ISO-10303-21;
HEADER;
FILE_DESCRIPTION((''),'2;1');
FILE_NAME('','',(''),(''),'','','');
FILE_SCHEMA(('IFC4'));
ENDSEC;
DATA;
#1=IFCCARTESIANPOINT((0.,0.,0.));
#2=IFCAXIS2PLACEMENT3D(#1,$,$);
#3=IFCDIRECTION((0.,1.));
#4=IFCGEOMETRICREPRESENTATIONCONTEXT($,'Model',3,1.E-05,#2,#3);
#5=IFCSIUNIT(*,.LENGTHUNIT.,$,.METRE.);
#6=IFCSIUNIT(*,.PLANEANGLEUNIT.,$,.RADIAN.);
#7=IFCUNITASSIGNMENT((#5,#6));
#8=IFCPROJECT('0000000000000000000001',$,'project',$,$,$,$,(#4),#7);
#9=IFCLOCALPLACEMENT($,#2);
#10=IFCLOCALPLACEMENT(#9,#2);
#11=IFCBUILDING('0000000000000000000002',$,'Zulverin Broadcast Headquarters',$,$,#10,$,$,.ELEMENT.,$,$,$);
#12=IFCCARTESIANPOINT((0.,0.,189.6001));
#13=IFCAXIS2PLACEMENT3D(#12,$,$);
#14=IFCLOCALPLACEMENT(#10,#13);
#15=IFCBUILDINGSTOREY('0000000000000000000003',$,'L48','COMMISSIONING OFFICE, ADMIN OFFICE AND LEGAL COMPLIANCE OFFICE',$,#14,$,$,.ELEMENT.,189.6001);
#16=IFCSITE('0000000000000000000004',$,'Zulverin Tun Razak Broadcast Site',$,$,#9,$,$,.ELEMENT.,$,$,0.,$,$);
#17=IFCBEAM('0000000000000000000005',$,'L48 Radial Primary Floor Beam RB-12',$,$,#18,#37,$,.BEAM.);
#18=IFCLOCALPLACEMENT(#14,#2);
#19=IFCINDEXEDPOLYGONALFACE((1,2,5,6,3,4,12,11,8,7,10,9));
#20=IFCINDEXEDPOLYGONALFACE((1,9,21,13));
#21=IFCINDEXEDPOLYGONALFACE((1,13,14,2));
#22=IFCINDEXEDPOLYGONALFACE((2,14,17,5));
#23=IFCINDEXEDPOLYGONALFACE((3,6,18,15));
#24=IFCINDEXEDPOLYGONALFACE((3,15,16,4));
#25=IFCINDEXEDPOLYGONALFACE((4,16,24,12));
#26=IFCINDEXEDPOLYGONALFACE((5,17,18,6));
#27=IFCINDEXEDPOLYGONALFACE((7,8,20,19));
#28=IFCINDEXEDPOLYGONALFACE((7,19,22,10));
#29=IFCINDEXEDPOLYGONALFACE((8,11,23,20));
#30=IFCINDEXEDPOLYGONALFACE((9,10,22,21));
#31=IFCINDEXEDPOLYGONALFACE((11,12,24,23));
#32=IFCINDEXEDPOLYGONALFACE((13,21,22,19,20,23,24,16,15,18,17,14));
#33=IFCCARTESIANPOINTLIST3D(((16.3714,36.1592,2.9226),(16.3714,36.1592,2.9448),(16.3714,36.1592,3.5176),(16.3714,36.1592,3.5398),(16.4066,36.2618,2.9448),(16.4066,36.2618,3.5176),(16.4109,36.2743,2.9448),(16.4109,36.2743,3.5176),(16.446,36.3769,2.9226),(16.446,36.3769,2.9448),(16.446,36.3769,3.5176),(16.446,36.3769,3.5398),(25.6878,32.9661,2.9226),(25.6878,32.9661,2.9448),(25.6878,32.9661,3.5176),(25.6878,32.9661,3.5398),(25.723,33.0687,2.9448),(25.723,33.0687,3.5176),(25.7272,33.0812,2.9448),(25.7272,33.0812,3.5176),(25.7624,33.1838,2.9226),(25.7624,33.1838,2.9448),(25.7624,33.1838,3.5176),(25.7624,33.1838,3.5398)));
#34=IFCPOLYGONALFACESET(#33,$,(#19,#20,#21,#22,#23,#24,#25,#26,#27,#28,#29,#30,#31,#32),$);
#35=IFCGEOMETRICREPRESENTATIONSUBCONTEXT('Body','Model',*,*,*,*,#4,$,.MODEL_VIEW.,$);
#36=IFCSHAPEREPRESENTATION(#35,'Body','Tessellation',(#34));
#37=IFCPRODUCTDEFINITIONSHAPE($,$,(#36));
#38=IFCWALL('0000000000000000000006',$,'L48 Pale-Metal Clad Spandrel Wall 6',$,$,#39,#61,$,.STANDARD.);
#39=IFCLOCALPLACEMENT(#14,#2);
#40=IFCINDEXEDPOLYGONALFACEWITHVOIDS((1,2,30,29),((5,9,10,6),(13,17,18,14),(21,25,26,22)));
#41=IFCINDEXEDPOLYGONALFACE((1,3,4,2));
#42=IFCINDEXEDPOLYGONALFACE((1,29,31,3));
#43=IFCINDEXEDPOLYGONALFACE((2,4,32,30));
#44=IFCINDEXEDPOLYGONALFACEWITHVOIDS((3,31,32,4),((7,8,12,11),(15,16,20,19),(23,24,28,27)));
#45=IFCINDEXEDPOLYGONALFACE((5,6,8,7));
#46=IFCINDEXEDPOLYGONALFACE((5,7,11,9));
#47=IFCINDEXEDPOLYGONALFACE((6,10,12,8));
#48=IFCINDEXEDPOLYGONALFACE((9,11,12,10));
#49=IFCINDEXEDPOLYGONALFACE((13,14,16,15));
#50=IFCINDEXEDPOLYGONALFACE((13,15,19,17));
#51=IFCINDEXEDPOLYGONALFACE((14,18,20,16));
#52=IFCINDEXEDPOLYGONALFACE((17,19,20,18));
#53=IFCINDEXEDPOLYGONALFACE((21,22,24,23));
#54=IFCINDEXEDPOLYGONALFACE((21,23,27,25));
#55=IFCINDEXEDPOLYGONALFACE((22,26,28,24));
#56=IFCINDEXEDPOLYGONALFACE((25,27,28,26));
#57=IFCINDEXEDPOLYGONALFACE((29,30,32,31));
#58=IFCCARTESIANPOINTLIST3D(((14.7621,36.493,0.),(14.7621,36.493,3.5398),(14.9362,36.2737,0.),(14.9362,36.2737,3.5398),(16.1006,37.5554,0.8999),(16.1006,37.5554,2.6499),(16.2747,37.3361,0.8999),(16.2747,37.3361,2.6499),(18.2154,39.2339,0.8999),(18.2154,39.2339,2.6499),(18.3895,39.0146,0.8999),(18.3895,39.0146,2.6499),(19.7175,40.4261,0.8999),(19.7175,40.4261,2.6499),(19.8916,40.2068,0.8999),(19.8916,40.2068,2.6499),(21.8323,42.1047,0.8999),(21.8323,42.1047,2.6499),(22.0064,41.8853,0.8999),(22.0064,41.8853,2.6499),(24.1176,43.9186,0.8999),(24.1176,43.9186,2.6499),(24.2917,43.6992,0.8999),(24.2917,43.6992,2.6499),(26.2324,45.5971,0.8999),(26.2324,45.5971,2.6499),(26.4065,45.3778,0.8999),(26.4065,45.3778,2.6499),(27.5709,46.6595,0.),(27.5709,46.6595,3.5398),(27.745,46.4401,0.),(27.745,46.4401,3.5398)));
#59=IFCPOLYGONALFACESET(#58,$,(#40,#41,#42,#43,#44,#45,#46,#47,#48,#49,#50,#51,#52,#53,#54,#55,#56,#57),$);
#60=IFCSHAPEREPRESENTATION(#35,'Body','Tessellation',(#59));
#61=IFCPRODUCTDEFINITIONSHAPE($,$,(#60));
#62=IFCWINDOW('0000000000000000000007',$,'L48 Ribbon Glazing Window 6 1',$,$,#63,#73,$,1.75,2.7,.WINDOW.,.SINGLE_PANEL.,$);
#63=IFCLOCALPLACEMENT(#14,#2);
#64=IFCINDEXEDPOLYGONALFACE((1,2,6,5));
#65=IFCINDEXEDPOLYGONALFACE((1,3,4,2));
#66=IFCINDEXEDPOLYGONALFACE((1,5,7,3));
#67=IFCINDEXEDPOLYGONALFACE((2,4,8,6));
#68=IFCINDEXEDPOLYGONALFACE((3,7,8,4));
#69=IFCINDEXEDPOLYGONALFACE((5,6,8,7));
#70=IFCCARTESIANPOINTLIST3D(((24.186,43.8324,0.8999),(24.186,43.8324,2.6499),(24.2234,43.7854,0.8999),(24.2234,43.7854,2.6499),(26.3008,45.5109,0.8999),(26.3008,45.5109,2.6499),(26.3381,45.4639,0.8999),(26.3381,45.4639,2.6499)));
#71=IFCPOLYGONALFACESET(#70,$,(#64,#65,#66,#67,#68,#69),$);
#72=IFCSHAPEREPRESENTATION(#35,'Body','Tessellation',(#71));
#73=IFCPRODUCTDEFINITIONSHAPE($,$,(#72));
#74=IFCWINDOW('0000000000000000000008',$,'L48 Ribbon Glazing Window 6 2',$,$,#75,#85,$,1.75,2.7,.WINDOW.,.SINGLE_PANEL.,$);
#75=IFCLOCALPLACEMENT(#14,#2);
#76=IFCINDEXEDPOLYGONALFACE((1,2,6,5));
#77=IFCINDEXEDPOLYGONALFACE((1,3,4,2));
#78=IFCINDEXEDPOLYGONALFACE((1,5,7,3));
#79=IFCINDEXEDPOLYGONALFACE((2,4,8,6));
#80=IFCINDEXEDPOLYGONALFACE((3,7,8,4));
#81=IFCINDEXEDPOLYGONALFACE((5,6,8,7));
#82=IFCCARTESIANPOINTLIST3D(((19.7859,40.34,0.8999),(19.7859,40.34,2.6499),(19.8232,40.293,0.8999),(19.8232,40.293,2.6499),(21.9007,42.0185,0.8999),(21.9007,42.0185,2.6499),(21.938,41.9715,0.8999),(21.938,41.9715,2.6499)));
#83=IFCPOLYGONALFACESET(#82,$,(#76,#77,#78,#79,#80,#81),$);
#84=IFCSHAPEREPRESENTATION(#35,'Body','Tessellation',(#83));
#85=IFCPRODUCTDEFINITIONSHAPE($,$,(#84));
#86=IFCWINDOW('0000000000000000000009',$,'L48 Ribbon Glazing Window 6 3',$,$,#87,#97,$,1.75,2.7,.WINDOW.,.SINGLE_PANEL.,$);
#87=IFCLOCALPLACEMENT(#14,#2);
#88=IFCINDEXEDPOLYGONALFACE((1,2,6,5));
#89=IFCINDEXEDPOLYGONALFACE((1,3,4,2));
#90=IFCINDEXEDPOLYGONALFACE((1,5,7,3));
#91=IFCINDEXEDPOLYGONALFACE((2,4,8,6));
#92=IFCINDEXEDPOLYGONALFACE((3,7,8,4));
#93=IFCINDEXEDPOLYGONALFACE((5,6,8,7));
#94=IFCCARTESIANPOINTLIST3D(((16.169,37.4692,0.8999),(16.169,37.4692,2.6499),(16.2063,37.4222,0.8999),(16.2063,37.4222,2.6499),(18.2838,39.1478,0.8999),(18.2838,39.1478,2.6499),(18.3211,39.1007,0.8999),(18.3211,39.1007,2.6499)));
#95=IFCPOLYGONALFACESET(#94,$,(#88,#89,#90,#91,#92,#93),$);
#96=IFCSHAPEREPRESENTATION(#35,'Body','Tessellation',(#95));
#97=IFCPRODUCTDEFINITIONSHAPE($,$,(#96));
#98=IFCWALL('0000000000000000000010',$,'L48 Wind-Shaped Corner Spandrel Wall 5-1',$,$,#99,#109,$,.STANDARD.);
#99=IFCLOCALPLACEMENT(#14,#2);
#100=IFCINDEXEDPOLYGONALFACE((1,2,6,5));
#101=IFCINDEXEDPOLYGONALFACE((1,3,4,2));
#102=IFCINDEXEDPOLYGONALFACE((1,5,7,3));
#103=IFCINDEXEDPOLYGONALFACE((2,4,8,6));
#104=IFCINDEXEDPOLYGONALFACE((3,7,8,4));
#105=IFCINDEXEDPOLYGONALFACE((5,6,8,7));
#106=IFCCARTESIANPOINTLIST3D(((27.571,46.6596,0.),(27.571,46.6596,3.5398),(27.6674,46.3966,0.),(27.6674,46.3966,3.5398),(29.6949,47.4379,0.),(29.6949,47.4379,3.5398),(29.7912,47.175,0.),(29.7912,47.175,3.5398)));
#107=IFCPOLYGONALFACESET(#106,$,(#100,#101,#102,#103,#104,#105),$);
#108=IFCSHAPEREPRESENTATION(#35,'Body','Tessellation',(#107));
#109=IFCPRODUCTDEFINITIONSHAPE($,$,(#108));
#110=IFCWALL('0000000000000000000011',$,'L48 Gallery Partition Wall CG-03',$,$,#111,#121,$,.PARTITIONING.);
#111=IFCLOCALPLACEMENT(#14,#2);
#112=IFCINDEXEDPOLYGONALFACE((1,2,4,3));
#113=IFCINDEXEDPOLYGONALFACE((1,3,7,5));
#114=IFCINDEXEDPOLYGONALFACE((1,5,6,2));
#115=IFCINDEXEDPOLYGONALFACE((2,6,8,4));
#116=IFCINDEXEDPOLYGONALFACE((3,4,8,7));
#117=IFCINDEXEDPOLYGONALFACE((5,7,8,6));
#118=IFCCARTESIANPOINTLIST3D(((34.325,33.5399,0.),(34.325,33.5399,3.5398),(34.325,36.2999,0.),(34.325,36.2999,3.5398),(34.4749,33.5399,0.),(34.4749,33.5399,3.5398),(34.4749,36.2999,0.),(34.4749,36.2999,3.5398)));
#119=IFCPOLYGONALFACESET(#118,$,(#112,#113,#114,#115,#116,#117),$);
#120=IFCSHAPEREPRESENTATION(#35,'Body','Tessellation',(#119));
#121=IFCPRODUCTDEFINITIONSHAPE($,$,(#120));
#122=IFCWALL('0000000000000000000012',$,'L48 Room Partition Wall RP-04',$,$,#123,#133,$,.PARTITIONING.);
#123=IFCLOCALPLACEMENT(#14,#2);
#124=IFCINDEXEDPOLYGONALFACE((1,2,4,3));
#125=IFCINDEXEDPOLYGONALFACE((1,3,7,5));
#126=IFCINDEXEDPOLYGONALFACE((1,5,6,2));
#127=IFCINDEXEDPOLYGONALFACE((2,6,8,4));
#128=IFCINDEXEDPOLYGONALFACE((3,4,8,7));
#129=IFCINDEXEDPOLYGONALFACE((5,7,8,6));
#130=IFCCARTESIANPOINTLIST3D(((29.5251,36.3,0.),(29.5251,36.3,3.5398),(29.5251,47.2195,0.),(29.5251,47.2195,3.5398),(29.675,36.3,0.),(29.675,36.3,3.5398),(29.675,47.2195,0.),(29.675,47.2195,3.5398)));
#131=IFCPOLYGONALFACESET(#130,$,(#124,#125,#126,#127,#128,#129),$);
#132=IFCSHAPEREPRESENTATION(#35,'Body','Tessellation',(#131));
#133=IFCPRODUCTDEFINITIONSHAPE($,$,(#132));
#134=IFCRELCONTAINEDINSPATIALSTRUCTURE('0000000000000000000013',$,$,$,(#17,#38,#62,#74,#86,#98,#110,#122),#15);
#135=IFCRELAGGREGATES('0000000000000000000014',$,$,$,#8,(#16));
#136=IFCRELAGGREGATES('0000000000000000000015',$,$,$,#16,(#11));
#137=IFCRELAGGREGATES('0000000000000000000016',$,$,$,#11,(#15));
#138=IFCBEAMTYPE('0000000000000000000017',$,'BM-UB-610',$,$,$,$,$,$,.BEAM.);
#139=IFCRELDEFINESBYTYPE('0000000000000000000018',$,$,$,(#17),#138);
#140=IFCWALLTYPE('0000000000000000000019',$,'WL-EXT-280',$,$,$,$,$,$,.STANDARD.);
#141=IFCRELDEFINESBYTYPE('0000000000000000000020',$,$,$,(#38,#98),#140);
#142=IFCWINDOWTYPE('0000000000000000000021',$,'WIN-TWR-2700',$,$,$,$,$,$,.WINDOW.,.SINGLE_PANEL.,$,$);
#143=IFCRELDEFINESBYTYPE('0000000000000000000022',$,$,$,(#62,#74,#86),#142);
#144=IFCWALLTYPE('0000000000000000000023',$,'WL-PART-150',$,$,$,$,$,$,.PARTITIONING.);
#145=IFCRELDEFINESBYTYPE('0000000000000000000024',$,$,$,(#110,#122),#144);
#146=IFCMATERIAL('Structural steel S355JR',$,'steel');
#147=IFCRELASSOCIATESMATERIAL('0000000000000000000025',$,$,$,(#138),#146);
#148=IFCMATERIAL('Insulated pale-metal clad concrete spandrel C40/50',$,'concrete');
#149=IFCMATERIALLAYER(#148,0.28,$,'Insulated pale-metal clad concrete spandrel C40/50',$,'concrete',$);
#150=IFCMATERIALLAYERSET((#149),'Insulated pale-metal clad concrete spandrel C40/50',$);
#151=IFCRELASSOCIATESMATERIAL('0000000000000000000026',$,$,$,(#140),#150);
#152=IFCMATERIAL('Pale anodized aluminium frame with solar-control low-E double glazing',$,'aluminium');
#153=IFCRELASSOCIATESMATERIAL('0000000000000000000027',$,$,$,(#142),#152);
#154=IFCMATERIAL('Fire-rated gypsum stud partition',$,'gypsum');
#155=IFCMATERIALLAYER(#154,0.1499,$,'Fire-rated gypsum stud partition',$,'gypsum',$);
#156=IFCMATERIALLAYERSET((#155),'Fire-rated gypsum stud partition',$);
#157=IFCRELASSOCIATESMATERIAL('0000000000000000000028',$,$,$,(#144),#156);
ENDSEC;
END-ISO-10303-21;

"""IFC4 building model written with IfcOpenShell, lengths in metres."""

from ifc_helpers import new_model, si_unit, direction, frame, frame_2d, origin, origin_2d, place, context, subcontext, project, spatial, rectangle, i_section, extrude, material, layer, layer_set, material_profile, profile_set, type_object, element, fill, save


model = new_model("IFC4")

# Units and contexts
model_context = context("Model", 3, precision=1e-05, world=origin(), true_north=direction((0.0, 1.0)))
body_context = subcontext(model_context, "Body", "Model", "MODEL_VIEW")
ifc_project = project(units=[si_unit("LENGTHUNIT", "METRE"), si_unit("PLANEANGLEUNIT", "RADIAN")], contexts=[model_context])

# Site, building, storey
site_placement = place(None, origin())
site = spatial("IfcSite", under=ifc_project, at=site_placement, Name="Zulverin Tun Razak Broadcast Site", CompositionType="ELEMENT", RefElevation=0.0)
building_placement = place(site_placement, origin())
building = spatial("IfcBuilding", under=site, at=building_placement, Name="Zulverin Broadcast Headquarters", CompositionType="ELEMENT")
storey_placement = place(building_placement, frame((0.0, 0.0, 189.6001)))
storey = spatial("IfcBuildingStorey", under=building, at=storey_placement, Name="L48", Description="COMMISSIONING OFFICE, ADMIN OFFICE AND LEGAL COMPLIANCE OFFICE", CompositionType="ELEMENT", Elevation=189.6001)

# Beam
ifc_material_1 = material(Name="Structural steel S355JR", Category="steel")
ifc_material_profile_1 = material_profile(ifc_material_1, i_section(OverallWidth=0.2302, OverallDepth=0.6172, WebThickness=0.0132, FlangeThickness=0.0222, at=origin_2d()), Name="Structural steel S355JR", Category="steel")
ifc_profile_set_1 = profile_set([ifc_material_profile_1], Name="Structural steel S355JR")
beam_type_1 = type_object("IfcBeamType", Name="BM-UB-610", PredefinedType="BEAM", material=ifc_profile_set_1)
beam_1_placement = place(storey_placement, frame((25.7251, 33.075, 3.2312), z_axis=(-0.94598, 0.324226, 0.0), x_axis=(-0.324226, -0.94598, 0.0)))
element("IfcBeam", 1, at=beam_1_placement, inside=storey, type_object=beam_type_1, Name="L48 Radial Primary Floor Beam RB-12", PredefinedType="BEAM", context=body_context, shape_type="SweptSolid", body=[
    extrude(i_section(OverallWidth=0.2302, OverallDepth=0.6172, WebThickness=0.0132, FlangeThickness=0.0222, at=origin_2d()), origin(), (0.0, 0.0, 1.0), 9.8484),
])

# Wall, openings, windows
ifc_material_2 = material(Name="Insulated pale-metal clad concrete spandrel C40/50", Category="concrete")
ifc_layer_1 = layer(ifc_material_2, 0.28, Name="Insulated pale-metal clad concrete spandrel C40/50", Category="concrete")
ifc_layer_set_1 = layer_set([ifc_layer_1], Name="Insulated pale-metal clad concrete spandrel C40/50")
wall_type_1 = type_object("IfcWallType", Name="WL-EXT-280", PredefinedType="STANDARD", material=ifc_layer_set_1)
wall_1_placement = place(storey_placement, frame((27.658, 46.5498, 0.0), z_axis=(0.0, 0.0, 1.0), x_axis=(-0.783266, -0.621686, 0.0)))
wall_1 = element("IfcWall", 2, at=wall_1_placement, inside=storey, type_object=wall_type_1, Name="L48 Pale-Metal Clad Spandrel Wall 6", PredefinedType="STANDARD", context=body_context, shape_type="SweptSolid", body=[
    extrude(rectangle(XDim=16.353, YDim=0.28, at=frame_2d((8.1765, 0.0))), origin(), (0.0, 0.0, 1.0), 3.5398),
])
opening_1_placement = place(wall_1_placement, frame((1.7087, 0.0, 0.8999)))
opening_1 = element("IfcOpeningElement", 3, at=opening_1_placement, cuts=wall_1, PredefinedType="OPENING", context=body_context, shape_type="SweptSolid", body=[
    extrude(rectangle(XDim=2.7, YDim=1.75, at=frame_2d((1.3501, 0.875))), frame((0.0, 0.1499, 0.0), z_axis=(0.0, -1.0, 0.0), x_axis=(1.0, 0.0, 0.0)), (0.0, 0.0, 1.0), 0.3),
])
opening_2_placement = place(wall_1_placement, frame((7.3264, 0.0, 0.8999)))
opening_2 = element("IfcOpeningElement", 4, at=opening_2_placement, cuts=wall_1, PredefinedType="OPENING", context=body_context, shape_type="SweptSolid", body=[
    extrude(rectangle(XDim=2.7, YDim=1.75, at=frame_2d((1.3501, 0.875))), frame((0.0, 0.1499, 0.0), z_axis=(0.0, -1.0, 0.0), x_axis=(1.0, 0.0, 0.0)), (0.0, 0.0, 1.0), 0.3),
])
opening_3_placement = place(wall_1_placement, frame((11.9441, 0.0, 0.8999)))
opening_3 = element("IfcOpeningElement", 5, at=opening_3_placement, cuts=wall_1, PredefinedType="OPENING", context=body_context, shape_type="SweptSolid", body=[
    extrude(rectangle(XDim=2.7, YDim=1.75, at=frame_2d((1.3501, 0.875))), frame((0.0, 0.1499, 0.0), z_axis=(0.0, -1.0, 0.0), x_axis=(1.0, 0.0, 0.0)), (0.0, 0.0, 1.0), 0.3),
])
ifc_material_3 = material(Name="Pale anodized aluminium frame with solar-control low-E double glazing", Category="aluminium")
window_type = type_object("IfcWindowType", Name="WIN-TWR-2700", PartitioningType="SINGLE_PANEL", PredefinedType="WINDOW", material=ifc_material_3)
window_1_placement = place(opening_1_placement, origin())
window_1 = element("IfcWindow", 6, at=window_1_placement, inside=storey, type_object=window_type, Name="L48 Ribbon Glazing Window 6 1", OverallHeight=1.75, OverallWidth=2.7, PartitioningType="SINGLE_PANEL", PredefinedType="WINDOW", context=body_context, shape_type="SweptSolid", body=[
    extrude(rectangle(XDim=2.7, YDim=1.75, at=frame_2d((1.3501, 0.875))), frame((0.0, 0.03, 0.0), z_axis=(0.0, -1.0, 0.0), x_axis=(1.0, 0.0, 0.0)), (0.0, 0.0, 1.0), 0.0601),
])
fill(opening_1, window_1)
window_2_placement = place(opening_2_placement, origin())
window_2 = element("IfcWindow", 7, at=window_2_placement, inside=storey, type_object=window_type, Name="L48 Ribbon Glazing Window 6 2", OverallHeight=1.75, OverallWidth=2.7, PartitioningType="SINGLE_PANEL", PredefinedType="WINDOW", context=body_context, shape_type="SweptSolid", body=[
    extrude(rectangle(XDim=2.7, YDim=1.75, at=frame_2d((1.3501, 0.875))), frame((0.0, 0.03, 0.0), z_axis=(0.0, -1.0, 0.0), x_axis=(1.0, 0.0, 0.0)), (0.0, 0.0, 1.0), 0.0601),
])
fill(opening_2, window_2)
window_3_placement = place(opening_3_placement, origin())
window_3 = element("IfcWindow", 8, at=window_3_placement, inside=storey, type_object=window_type, Name="L48 Ribbon Glazing Window 6 3", OverallHeight=1.75, OverallWidth=2.7, PartitioningType="SINGLE_PANEL", PredefinedType="WINDOW", context=body_context, shape_type="SweptSolid", body=[
    extrude(rectangle(XDim=2.7, YDim=1.75, at=frame_2d((1.3501, 0.875))), frame((0.0, 0.03, 0.0), z_axis=(0.0, -1.0, 0.0), x_axis=(1.0, 0.0, 0.0)), (0.0, 0.0, 1.0), 0.0601),
])
fill(opening_3, window_3)

# Walls
wall_2_placement = place(storey_placement, frame((29.7429, 47.3064, 0.0), z_axis=(0.0, 0.0, 1.0), x_axis=(-0.938933, -0.344099, 0.0)))
element("IfcWall", 9, at=wall_2_placement, inside=storey, type_object=wall_type_1, Name="L48 Wind-Shaped Corner Spandrel Wall 5-1", PredefinedType="STANDARD", context=body_context, shape_type="SweptSolid", body=[
    extrude(rectangle(XDim=2.262, YDim=0.28, at=frame_2d((1.1309, 0.0))), origin(), (0.0, 0.0, 1.0), 3.5398),
])
ifc_material_4 = material(Name="Fire-rated gypsum stud partition", Category="gypsum")
ifc_layer_2 = layer(ifc_material_4, 0.1499, Name="Fire-rated gypsum stud partition", Category="gypsum")
ifc_layer_set_2 = layer_set([ifc_layer_2], Name="Fire-rated gypsum stud partition")
wall_type_2 = type_object("IfcWallType", Name="WL-PART-150", PredefinedType="PARTITIONING", material=ifc_layer_set_2)
wall_3_placement = place(storey_placement, frame((34.3999, 33.54, 0.0), z_axis=(0.0, 0.0, 1.0), x_axis=(0.0, 1.0, 0.0)))
element("IfcWall", 10, at=wall_3_placement, inside=storey, type_object=wall_type_2, Name="L48 Gallery Partition Wall CG-03", PredefinedType="PARTITIONING", context=body_context, shape_type="SweptSolid", body=[
    extrude(rectangle(XDim=2.76, YDim=0.1499, at=frame_2d((1.3799, 0.0))), origin(), (0.0, 0.0, 1.0), 3.5398),
])
wall_4_placement = place(storey_placement, frame((29.6001, 36.3, 0.0), z_axis=(0.0, 0.0, 1.0), x_axis=(0.0, 1.0, 0.0)))
element("IfcWall", 11, at=wall_4_placement, inside=storey, type_object=wall_type_2, Name="L48 Room Partition Wall RP-04", PredefinedType="PARTITIONING", context=body_context, shape_type="SweptSolid", body=[
    extrude(rectangle(XDim=10.9194, YDim=0.1499, at=frame_2d((5.4597, 0.0))), origin(), (0.0, 0.0, 1.0), 3.5398),
])

save(model, "model.ifc")
